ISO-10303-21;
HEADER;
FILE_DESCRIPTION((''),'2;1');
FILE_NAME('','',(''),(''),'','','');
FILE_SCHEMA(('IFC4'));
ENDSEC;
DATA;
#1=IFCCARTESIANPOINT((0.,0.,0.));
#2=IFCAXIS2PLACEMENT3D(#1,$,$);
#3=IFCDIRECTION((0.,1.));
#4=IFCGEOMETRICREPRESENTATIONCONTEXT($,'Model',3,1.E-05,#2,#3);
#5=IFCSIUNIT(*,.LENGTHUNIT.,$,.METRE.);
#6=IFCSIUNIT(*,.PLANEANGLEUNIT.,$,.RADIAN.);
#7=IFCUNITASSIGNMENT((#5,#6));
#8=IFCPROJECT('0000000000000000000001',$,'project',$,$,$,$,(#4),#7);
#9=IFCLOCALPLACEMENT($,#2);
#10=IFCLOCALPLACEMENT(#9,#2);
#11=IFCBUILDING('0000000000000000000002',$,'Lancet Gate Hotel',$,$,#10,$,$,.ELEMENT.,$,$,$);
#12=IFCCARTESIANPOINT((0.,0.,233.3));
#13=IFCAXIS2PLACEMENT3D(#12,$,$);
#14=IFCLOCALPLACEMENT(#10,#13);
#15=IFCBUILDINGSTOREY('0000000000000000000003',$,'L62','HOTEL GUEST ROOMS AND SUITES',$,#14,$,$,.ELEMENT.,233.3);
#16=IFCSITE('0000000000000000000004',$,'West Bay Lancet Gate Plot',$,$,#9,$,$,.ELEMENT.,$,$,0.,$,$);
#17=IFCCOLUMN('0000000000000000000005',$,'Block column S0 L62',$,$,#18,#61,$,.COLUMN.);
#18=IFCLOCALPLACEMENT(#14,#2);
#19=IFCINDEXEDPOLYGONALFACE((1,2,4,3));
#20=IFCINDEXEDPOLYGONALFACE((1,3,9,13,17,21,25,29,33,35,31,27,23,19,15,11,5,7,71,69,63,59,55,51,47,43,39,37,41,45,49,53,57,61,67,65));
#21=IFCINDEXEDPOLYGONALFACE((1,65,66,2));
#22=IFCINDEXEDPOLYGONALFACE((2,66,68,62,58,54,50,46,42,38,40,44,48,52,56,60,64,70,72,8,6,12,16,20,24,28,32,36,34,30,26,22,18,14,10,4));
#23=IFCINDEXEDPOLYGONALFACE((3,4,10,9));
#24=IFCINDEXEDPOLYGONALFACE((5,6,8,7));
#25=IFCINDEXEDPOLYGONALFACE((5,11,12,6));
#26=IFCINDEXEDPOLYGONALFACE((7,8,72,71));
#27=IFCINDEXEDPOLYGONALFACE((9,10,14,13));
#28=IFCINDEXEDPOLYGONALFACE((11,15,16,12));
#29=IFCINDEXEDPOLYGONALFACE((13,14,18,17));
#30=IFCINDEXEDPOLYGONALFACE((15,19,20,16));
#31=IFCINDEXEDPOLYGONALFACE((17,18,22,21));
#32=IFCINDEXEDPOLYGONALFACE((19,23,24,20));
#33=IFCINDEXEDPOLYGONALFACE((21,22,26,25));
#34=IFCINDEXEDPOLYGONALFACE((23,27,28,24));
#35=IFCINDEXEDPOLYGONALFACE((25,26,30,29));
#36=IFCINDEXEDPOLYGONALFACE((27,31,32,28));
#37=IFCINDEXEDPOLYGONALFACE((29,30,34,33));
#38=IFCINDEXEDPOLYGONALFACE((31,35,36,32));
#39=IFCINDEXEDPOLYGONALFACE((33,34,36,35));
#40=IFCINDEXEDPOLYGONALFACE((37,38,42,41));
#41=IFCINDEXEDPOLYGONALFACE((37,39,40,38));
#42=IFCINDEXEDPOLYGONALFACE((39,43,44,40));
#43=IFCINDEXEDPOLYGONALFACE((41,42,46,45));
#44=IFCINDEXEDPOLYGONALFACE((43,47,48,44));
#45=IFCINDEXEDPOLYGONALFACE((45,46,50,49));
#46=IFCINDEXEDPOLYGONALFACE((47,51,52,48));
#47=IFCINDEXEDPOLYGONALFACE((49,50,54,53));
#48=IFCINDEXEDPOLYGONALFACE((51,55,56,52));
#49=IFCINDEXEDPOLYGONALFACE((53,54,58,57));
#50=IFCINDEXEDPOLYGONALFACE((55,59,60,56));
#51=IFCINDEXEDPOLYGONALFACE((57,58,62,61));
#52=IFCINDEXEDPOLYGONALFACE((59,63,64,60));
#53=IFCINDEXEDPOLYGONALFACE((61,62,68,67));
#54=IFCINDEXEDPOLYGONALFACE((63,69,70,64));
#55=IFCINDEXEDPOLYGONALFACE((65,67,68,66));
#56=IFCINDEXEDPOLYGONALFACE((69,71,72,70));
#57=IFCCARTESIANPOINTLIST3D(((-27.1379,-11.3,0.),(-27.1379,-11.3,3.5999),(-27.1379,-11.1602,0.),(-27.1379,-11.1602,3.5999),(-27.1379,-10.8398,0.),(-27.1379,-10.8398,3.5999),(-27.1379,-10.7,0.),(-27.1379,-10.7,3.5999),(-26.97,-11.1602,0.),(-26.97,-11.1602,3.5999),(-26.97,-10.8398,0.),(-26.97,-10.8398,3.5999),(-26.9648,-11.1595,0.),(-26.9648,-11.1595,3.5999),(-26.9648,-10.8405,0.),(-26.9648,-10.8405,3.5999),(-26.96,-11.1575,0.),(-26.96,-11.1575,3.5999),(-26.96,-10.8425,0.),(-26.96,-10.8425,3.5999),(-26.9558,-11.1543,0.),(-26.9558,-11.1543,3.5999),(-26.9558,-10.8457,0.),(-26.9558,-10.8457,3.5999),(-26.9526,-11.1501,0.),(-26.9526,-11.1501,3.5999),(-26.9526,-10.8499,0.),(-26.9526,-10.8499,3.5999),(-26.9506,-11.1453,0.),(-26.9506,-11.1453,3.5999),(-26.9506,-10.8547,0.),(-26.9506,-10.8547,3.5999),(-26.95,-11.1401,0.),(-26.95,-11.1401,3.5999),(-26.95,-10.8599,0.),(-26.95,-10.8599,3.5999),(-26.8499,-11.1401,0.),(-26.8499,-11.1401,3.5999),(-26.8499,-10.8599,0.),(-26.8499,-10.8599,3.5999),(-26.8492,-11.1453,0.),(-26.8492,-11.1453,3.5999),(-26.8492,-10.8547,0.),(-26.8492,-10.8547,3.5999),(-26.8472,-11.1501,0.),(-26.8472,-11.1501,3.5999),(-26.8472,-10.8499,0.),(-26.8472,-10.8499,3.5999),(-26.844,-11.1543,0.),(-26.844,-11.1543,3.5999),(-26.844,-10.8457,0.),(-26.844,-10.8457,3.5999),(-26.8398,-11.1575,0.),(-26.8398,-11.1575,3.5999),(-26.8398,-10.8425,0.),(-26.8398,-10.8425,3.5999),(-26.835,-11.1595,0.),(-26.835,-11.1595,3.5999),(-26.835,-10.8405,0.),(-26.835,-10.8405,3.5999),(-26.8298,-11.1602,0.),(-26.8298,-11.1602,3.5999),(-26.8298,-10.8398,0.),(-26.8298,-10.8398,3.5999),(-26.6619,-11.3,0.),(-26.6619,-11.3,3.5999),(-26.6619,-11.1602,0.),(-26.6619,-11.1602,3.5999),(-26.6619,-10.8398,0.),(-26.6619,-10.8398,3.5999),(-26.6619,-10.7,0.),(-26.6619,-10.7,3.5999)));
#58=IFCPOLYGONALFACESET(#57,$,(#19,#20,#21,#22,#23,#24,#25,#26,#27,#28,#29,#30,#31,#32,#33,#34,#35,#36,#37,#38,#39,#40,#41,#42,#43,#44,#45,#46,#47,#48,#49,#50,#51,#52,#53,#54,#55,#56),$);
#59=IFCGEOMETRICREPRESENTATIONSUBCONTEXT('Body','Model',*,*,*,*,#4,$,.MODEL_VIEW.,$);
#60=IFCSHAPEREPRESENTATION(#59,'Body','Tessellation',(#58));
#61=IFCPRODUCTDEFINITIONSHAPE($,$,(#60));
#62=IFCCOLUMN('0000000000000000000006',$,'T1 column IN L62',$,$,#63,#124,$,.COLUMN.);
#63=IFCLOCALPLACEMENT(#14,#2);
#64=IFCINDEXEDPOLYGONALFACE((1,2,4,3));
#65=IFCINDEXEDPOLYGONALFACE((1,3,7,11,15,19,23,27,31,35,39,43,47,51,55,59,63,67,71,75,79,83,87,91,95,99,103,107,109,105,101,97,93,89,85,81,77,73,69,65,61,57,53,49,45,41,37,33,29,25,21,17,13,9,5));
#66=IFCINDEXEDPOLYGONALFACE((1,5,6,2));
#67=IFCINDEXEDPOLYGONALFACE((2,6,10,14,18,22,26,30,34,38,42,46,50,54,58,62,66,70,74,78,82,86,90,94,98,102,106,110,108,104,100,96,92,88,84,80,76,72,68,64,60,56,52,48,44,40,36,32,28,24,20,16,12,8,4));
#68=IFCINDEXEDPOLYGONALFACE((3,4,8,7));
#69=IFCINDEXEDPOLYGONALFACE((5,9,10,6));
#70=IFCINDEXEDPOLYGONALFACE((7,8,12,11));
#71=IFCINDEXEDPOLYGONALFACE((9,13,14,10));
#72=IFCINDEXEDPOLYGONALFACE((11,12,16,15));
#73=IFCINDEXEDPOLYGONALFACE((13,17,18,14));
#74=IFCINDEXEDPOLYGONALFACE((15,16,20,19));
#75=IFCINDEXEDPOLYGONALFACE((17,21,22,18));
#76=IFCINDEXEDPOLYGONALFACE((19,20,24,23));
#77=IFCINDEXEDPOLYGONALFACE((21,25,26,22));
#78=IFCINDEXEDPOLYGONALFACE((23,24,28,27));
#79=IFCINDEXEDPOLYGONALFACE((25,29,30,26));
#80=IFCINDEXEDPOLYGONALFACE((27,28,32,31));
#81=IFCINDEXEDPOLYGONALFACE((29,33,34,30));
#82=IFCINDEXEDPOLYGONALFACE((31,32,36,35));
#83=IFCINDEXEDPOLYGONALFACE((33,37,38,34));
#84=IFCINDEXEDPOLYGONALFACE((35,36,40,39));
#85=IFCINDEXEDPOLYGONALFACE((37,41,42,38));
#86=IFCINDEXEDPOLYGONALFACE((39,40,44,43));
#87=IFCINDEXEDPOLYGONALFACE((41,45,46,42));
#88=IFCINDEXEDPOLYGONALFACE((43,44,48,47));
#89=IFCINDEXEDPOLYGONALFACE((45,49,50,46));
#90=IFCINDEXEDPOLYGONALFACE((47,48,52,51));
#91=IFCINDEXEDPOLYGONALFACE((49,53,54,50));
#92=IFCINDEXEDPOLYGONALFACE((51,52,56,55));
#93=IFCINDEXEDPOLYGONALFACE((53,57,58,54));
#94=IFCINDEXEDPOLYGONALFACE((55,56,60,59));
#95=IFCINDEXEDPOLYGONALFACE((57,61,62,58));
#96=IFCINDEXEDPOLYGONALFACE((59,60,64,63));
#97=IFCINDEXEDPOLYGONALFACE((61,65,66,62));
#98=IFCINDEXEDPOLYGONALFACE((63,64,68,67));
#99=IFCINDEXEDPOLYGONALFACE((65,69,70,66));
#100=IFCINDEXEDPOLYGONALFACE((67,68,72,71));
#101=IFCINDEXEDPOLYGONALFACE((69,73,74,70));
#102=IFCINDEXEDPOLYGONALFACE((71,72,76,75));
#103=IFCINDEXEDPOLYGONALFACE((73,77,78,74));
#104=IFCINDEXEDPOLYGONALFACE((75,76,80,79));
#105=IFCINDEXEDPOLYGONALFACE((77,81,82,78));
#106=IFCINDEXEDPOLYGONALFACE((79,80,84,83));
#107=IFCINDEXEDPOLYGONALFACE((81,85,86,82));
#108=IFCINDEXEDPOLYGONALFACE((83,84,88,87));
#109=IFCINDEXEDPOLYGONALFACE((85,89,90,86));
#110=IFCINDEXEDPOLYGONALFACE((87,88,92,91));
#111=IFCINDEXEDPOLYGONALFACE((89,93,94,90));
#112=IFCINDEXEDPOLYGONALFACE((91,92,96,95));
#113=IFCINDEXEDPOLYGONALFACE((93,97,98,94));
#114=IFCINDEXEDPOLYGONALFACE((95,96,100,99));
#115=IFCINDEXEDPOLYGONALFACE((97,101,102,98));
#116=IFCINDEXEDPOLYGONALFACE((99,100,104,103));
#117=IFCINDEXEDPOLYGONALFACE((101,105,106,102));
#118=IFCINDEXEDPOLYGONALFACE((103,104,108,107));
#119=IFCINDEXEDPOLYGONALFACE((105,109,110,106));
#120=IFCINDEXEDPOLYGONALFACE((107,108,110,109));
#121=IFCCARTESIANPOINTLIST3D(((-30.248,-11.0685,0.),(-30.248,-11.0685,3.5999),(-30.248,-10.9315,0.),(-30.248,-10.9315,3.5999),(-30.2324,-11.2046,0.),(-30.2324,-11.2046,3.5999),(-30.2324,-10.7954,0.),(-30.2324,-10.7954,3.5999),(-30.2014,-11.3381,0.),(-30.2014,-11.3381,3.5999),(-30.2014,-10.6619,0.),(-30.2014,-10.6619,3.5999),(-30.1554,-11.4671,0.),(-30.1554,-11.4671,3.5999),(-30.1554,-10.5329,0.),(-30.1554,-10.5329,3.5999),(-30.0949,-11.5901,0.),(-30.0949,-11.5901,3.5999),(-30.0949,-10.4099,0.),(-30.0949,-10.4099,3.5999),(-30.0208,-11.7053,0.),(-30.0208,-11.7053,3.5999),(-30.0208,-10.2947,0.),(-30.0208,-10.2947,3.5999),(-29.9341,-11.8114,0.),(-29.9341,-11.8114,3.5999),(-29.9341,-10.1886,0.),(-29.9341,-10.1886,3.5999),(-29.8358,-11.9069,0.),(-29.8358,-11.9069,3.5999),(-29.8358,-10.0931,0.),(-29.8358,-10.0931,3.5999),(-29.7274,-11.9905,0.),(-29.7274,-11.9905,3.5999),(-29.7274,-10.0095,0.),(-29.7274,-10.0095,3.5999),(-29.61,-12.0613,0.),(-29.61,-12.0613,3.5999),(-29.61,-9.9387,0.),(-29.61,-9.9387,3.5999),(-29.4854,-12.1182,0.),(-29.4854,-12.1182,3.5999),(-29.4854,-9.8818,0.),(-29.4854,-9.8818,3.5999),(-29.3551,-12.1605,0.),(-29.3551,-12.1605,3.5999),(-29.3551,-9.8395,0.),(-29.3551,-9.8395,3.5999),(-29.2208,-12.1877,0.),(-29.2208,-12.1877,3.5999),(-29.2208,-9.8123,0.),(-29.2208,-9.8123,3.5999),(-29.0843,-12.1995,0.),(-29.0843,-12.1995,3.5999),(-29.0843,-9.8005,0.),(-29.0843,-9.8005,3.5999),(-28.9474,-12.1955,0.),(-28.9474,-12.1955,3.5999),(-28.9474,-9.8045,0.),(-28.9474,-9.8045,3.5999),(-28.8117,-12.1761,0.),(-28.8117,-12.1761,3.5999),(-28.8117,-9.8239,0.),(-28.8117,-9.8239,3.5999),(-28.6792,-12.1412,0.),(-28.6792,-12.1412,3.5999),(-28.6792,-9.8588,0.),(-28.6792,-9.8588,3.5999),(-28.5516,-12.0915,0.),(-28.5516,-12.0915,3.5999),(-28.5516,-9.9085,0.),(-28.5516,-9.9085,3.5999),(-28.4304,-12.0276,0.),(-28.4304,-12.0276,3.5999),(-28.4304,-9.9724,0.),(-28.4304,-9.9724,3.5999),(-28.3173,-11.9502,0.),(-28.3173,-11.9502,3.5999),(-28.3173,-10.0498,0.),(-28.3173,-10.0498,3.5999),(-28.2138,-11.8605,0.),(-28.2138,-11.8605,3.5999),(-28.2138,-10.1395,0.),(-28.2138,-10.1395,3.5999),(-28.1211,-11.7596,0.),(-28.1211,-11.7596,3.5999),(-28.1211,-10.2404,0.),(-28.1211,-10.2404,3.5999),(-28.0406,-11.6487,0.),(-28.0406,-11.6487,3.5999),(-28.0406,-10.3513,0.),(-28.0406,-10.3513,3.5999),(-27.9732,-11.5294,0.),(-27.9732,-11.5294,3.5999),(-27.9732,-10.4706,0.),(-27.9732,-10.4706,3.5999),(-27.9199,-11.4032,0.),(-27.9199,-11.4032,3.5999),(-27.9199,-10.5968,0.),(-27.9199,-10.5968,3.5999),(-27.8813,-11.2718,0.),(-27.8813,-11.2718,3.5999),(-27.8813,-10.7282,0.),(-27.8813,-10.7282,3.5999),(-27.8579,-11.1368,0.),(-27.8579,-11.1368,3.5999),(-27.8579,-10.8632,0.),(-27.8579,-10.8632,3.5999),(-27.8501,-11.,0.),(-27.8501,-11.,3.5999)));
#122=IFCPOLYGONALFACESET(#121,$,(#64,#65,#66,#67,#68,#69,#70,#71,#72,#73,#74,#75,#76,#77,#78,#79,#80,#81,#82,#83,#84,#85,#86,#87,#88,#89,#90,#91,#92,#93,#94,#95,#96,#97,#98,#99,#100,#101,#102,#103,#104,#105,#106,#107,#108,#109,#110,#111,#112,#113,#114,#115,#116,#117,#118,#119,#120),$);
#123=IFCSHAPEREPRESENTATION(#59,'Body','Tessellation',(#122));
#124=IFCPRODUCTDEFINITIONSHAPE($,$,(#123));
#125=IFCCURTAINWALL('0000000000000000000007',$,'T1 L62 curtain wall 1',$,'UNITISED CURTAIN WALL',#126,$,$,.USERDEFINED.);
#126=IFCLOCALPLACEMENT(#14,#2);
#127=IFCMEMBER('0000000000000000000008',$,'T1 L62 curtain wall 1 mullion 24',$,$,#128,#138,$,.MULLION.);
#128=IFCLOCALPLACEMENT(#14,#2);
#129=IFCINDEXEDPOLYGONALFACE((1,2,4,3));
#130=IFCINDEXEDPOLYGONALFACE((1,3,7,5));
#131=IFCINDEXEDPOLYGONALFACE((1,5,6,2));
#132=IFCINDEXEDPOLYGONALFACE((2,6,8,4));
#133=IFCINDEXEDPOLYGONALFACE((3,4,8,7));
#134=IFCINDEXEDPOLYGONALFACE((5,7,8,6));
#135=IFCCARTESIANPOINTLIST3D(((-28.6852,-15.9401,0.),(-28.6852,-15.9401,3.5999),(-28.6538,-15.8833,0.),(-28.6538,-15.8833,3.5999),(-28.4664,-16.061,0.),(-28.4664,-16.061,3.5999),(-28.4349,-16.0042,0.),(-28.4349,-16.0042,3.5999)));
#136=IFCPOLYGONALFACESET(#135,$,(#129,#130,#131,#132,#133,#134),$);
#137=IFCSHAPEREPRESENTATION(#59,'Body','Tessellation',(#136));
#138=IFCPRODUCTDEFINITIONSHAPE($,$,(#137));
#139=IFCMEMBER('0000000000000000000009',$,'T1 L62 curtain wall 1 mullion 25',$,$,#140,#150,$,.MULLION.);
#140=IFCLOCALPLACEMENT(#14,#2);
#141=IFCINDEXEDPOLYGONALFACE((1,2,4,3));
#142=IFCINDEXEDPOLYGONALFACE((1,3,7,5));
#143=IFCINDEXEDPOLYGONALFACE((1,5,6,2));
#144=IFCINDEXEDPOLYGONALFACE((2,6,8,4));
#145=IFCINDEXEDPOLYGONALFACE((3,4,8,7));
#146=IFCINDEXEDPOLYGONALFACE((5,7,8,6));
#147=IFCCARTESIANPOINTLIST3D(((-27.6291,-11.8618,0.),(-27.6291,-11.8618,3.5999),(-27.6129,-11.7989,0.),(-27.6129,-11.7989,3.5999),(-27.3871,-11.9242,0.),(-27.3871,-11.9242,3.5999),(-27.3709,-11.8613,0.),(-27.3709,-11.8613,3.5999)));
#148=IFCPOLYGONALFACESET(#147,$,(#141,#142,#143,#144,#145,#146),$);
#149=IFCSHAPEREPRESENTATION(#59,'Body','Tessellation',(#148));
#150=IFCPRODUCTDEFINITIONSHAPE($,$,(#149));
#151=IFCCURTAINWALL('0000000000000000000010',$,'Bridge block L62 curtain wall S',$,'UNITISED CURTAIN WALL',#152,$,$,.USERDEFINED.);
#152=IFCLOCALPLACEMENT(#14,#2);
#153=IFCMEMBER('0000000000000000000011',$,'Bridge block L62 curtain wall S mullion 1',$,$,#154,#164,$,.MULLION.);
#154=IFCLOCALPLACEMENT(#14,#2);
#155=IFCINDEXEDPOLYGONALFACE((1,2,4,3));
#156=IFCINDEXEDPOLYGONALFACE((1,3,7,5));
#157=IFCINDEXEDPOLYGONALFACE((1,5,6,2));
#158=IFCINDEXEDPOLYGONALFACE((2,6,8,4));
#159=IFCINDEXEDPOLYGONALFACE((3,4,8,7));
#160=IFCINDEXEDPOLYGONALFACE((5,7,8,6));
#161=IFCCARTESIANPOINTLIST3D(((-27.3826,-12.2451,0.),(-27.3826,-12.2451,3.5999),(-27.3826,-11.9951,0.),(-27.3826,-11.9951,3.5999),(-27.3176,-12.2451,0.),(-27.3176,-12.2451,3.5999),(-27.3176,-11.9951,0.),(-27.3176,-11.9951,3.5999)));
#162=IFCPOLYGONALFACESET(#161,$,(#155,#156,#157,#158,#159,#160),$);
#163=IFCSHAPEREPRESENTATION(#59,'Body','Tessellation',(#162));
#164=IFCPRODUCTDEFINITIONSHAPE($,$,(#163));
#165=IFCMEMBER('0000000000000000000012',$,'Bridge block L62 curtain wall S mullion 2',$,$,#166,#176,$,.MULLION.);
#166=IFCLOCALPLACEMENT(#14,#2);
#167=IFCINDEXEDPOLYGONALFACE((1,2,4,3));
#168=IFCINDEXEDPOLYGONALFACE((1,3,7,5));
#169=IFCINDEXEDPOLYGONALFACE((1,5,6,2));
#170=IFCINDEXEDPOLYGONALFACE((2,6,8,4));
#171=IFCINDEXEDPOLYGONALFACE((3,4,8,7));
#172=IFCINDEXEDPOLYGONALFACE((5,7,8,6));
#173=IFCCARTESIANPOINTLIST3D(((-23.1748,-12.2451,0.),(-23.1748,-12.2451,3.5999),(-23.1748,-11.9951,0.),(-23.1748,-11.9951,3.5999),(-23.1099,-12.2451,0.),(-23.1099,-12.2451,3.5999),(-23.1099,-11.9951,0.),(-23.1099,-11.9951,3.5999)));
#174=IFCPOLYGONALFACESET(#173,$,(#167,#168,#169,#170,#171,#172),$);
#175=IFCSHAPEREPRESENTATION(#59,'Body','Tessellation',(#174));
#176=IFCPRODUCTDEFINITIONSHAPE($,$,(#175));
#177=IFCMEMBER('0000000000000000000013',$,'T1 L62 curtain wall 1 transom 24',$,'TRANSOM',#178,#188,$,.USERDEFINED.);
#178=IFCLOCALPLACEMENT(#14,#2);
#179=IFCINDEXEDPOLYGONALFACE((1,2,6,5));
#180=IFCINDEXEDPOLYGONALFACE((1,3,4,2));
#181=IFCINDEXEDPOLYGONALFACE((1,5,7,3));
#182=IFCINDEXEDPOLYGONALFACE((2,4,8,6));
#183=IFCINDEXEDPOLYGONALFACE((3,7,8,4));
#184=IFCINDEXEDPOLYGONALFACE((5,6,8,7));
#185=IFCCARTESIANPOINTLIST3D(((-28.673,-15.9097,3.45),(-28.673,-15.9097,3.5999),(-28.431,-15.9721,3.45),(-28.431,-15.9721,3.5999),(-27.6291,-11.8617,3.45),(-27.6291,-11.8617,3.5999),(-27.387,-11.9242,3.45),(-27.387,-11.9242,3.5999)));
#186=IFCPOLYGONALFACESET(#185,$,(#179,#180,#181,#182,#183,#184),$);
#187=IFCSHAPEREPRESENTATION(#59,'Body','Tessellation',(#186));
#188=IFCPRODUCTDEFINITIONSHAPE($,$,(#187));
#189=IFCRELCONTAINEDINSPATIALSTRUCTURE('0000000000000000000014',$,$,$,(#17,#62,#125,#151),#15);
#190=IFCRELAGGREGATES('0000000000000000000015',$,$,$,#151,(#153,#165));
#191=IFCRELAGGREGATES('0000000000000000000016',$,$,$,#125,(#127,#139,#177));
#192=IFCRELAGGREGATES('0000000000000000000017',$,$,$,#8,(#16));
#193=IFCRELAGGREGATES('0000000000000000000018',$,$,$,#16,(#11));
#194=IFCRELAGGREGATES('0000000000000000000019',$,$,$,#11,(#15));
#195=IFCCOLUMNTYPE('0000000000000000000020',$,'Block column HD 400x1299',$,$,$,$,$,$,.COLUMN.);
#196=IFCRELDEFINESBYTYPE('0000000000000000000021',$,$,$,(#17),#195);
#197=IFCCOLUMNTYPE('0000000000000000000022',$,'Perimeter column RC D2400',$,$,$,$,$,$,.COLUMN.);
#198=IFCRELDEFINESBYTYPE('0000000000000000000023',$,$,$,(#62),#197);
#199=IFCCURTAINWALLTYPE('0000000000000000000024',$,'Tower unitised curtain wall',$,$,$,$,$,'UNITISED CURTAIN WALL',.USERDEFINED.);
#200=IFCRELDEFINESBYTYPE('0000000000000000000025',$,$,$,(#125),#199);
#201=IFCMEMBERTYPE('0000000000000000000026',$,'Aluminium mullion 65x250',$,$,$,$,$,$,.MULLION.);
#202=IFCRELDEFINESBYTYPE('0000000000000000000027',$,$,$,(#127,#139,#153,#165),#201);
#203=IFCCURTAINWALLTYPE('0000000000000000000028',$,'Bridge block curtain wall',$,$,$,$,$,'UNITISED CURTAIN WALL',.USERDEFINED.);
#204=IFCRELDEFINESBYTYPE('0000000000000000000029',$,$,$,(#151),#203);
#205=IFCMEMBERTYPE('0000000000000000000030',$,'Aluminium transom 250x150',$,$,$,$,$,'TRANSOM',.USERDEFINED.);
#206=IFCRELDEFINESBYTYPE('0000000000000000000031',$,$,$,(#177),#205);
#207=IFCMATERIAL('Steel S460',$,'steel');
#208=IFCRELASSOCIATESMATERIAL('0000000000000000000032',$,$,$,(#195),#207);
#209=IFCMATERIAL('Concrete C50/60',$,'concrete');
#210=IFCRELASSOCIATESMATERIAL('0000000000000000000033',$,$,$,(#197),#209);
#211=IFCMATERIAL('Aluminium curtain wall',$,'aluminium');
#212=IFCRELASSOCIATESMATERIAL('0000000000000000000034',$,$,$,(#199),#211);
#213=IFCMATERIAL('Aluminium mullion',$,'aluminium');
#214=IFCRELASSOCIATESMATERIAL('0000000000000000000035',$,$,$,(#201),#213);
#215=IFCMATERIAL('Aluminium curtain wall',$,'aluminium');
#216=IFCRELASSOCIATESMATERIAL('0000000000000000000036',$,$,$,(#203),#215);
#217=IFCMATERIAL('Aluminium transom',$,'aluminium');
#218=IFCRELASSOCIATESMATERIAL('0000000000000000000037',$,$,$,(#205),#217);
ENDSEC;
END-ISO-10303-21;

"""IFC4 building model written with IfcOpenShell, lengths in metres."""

from ifc_helpers import new_model, si_unit, direction, frame, origin, origin_2d, place, context, subcontext, project, spatial, rectangle, circle, i_section, extrude, material, material_profile, profile_set, type_object, element, aggregate, save


model = new_model("IFC4")

# Units and contexts
model_context = context("Model", 3, precision=1e-05, world=origin(), true_north=direction((0.0, 1.0)))
body_context = subcontext(model_context, "Body", "Model", "MODEL_VIEW")
ifc_project = project(units=[si_unit("LENGTHUNIT", "METRE"), si_unit("PLANEANGLEUNIT", "RADIAN")], contexts=[model_context])

# Site, building, storey
site_placement = place(None, origin())
site = spatial("IfcSite", under=ifc_project, at=site_placement, Name="West Bay Lancet Gate Plot", CompositionType="ELEMENT", RefElevation=0.0)
building_placement = place(site_placement, origin())
building = spatial("IfcBuilding", under=site, at=building_placement, Name="Lancet Gate Hotel", CompositionType="ELEMENT")
storey_placement = place(building_placement, frame((0.0, 0.0, 233.3)))
storey = spatial("IfcBuildingStorey", under=building, at=storey_placement, Name="L62", Description="HOTEL GUEST ROOMS AND SUITES", CompositionType="ELEMENT", Elevation=233.3)

# Columns
ifc_material_1 = material(Name="Steel S460", Category="steel")
ifc_material_profile_1 = material_profile(ifc_material_1, i_section(OverallWidth=0.4761, OverallDepth=0.6001, WebThickness=0.1001, FlangeThickness=0.1399, FilletRadius=0.02, at=origin_2d()), Name="HD 400x1299")
ifc_profile_set_1 = profile_set([ifc_material_profile_1], Name="Steel S460")
column_type_1 = type_object("IfcColumnType", Name="Block column HD 400x1299", PredefinedType="COLUMN", material=ifc_profile_set_1)
column_1_placement = place(storey_placement, frame((-26.8999, -11.0, 0.0), z_axis=(0.0, 0.0, 1.0), x_axis=(1.0, 0.0, 0.0)))
element("IfcColumn", 1, at=column_1_placement, inside=storey, type_object=column_type_1, Name="Block column S0 L62", PredefinedType="COLUMN", context=body_context, shape_type="SweptSolid", body=[
    extrude(i_section(OverallWidth=0.4761, OverallDepth=0.6001, WebThickness=0.1001, FlangeThickness=0.1399, FilletRadius=0.02, at=origin_2d()), origin(), (0.0, 0.0, 1.0), 3.5999),
])
ifc_material_2 = material(Name="Concrete C50/60", Category="concrete")
ifc_material_profile_2 = material_profile(ifc_material_2, circle(Radius=1.2, at=origin_2d()), Name="RC D2400")
ifc_profile_set_2 = profile_set([ifc_material_profile_2], Name="Concrete C50/60")
column_type_2 = type_object("IfcColumnType", Name="Perimeter column RC D2400", PredefinedType="COLUMN", material=ifc_profile_set_2)
column_2_placement = place(storey_placement, frame((-29.05, -11.0, 0.0), z_axis=(0.0, 0.0, 1.0), x_axis=(1.0, 0.0, 0.0)))
element("IfcColumn", 2, at=column_2_placement, inside=storey, type_object=column_type_2, Name="T1 column IN L62", PredefinedType="COLUMN", context=body_context, shape_type="SweptSolid", body=[
    extrude(circle(Radius=1.2, at=origin_2d()), origin(), (0.0, 0.0, 1.0), 3.5999),
])

# Curtain walls, members
ifc_material_3 = material(Name="Aluminium curtain wall", Category="aluminium")
curtain_wall_type_1 = type_object("IfcCurtainWallType", Name="Tower unitised curtain wall", ElementType="UNITISED CURTAIN WALL", PredefinedType="USERDEFINED", material=ifc_material_3)
curtain_wall_1_placement = place(storey_placement, origin())
curtain_wall_1 = element("IfcCurtainWall", 3, at=curtain_wall_1_placement, inside=storey, type_object=curtain_wall_type_1, Name="T1 L62 curtain wall 1", ObjectType="UNITISED CURTAIN WALL", PredefinedType="USERDEFINED")
ifc_material_4 = material(Name="Aluminium mullion", Category="aluminium")
ifc_material_profile_3 = material_profile(ifc_material_4, rectangle(XDim=0.0649, YDim=0.25, at=origin_2d()), Name="MULLION 65x250")
ifc_profile_set_3 = profile_set([ifc_material_profile_3], Name="Aluminium mullion")
member_type_1 = type_object("IfcMemberType", Name="Aluminium mullion 65x250", PredefinedType="MULLION", material=ifc_profile_set_3)
member_1_placement = place(storey_placement, frame((-28.5601, -15.9722, 0.0), z_axis=(0.0, 0.0, 1.0), x_axis=(0.483627, 0.875274, 0.0)))
member_1 = element("IfcMember", 4, at=member_1_placement, type_object=member_type_1, Name="T1 L62 curtain wall 1 mullion 24", PredefinedType="MULLION", context=body_context, shape_type="SweptSolid", body=[
    extrude(rectangle(XDim=0.0649, YDim=0.25, at=origin_2d()), origin(), (0.0, 0.0, 1.0), 3.5999),
])
member_2_placement = place(storey_placement, frame((-27.5, -11.8616, 0.0), z_axis=(0.0, 0.0, 1.0), x_axis=(0.249726, 0.968317, 0.0)))
member_2 = element("IfcMember", 5, at=member_2_placement, type_object=member_type_1, Name="T1 L62 curtain wall 1 mullion 25", PredefinedType="MULLION", context=body_context, shape_type="SweptSolid", body=[
    extrude(rectangle(XDim=0.0649, YDim=0.25, at=origin_2d()), origin(), (0.0, 0.0, 1.0), 3.5999),
])
ifc_material_5 = material(Name="Aluminium curtain wall", Category="aluminium")
curtain_wall_type_2 = type_object("IfcCurtainWallType", Name="Bridge block curtain wall", ElementType="UNITISED CURTAIN WALL", PredefinedType="USERDEFINED", material=ifc_material_5)
curtain_wall_2_placement = place(storey_placement, origin())
curtain_wall_2 = element("IfcCurtainWall", 6, at=curtain_wall_2_placement, inside=storey, type_object=curtain_wall_type_2, Name="Bridge block L62 curtain wall S", ObjectType="UNITISED CURTAIN WALL", PredefinedType="USERDEFINED")
member_3_placement = place(storey_placement, frame((-27.3501, -12.1201, 0.0), z_axis=(0.0, 0.0, 1.0), x_axis=(1.0, 0.0, 0.0)))
member_3 = element("IfcMember", 7, at=member_3_placement, type_object=member_type_1, Name="Bridge block L62 curtain wall S mullion 1", PredefinedType="MULLION", context=body_context, shape_type="SweptSolid", body=[
    extrude(rectangle(XDim=0.0649, YDim=0.25, at=origin_2d()), origin(), (0.0, 0.0, 1.0), 3.5999),
])
member_4_placement = place(storey_placement, frame((-23.1423, -12.1201, 0.0), z_axis=(0.0, 0.0, 1.0), x_axis=(1.0, 0.0, 0.0)))
member_4 = element("IfcMember", 8, at=member_4_placement, type_object=member_type_1, Name="Bridge block L62 curtain wall S mullion 2", PredefinedType="MULLION", context=body_context, shape_type="SweptSolid", body=[
    extrude(rectangle(XDim=0.0649, YDim=0.25, at=origin_2d()), origin(), (0.0, 0.0, 1.0), 3.5999),
])

# Member
ifc_material_6 = material(Name="Aluminium transom", Category="aluminium")
ifc_material_profile_4 = material_profile(ifc_material_6, rectangle(XDim=0.25, YDim=0.1499, at=origin_2d()), Name="TRANSOM 250x150")
ifc_profile_set_4 = profile_set([ifc_material_profile_4], Name="Aluminium transom")
member_type_2 = type_object("IfcMemberType", Name="Aluminium transom 250x150", ElementType="TRANSOM", PredefinedType="USERDEFINED", material=ifc_profile_set_4)
member_5_placement = place(storey_placement, frame((-28.552, -15.9409, 3.5249), z_axis=(0.249716, 0.968319, 0.0), x_axis=(-0.968319, 0.249716, 0.0)))
member_5 = element("IfcMember", 9, at=member_5_placement, type_object=member_type_2, Name="T1 L62 curtain wall 1 transom 24", ObjectType="TRANSOM", PredefinedType="USERDEFINED", context=body_context, shape_type="SweptSolid", body=[
    extrude(rectangle(XDim=0.25, YDim=0.1499, at=origin_2d()), origin(), (0.0, 0.0, 1.0), 4.1804),
])

aggregate(curtain_wall_2, [member_3, member_4])
aggregate(curtain_wall_1, [member_1, member_2, member_5])

save(model, "model.ifc")
